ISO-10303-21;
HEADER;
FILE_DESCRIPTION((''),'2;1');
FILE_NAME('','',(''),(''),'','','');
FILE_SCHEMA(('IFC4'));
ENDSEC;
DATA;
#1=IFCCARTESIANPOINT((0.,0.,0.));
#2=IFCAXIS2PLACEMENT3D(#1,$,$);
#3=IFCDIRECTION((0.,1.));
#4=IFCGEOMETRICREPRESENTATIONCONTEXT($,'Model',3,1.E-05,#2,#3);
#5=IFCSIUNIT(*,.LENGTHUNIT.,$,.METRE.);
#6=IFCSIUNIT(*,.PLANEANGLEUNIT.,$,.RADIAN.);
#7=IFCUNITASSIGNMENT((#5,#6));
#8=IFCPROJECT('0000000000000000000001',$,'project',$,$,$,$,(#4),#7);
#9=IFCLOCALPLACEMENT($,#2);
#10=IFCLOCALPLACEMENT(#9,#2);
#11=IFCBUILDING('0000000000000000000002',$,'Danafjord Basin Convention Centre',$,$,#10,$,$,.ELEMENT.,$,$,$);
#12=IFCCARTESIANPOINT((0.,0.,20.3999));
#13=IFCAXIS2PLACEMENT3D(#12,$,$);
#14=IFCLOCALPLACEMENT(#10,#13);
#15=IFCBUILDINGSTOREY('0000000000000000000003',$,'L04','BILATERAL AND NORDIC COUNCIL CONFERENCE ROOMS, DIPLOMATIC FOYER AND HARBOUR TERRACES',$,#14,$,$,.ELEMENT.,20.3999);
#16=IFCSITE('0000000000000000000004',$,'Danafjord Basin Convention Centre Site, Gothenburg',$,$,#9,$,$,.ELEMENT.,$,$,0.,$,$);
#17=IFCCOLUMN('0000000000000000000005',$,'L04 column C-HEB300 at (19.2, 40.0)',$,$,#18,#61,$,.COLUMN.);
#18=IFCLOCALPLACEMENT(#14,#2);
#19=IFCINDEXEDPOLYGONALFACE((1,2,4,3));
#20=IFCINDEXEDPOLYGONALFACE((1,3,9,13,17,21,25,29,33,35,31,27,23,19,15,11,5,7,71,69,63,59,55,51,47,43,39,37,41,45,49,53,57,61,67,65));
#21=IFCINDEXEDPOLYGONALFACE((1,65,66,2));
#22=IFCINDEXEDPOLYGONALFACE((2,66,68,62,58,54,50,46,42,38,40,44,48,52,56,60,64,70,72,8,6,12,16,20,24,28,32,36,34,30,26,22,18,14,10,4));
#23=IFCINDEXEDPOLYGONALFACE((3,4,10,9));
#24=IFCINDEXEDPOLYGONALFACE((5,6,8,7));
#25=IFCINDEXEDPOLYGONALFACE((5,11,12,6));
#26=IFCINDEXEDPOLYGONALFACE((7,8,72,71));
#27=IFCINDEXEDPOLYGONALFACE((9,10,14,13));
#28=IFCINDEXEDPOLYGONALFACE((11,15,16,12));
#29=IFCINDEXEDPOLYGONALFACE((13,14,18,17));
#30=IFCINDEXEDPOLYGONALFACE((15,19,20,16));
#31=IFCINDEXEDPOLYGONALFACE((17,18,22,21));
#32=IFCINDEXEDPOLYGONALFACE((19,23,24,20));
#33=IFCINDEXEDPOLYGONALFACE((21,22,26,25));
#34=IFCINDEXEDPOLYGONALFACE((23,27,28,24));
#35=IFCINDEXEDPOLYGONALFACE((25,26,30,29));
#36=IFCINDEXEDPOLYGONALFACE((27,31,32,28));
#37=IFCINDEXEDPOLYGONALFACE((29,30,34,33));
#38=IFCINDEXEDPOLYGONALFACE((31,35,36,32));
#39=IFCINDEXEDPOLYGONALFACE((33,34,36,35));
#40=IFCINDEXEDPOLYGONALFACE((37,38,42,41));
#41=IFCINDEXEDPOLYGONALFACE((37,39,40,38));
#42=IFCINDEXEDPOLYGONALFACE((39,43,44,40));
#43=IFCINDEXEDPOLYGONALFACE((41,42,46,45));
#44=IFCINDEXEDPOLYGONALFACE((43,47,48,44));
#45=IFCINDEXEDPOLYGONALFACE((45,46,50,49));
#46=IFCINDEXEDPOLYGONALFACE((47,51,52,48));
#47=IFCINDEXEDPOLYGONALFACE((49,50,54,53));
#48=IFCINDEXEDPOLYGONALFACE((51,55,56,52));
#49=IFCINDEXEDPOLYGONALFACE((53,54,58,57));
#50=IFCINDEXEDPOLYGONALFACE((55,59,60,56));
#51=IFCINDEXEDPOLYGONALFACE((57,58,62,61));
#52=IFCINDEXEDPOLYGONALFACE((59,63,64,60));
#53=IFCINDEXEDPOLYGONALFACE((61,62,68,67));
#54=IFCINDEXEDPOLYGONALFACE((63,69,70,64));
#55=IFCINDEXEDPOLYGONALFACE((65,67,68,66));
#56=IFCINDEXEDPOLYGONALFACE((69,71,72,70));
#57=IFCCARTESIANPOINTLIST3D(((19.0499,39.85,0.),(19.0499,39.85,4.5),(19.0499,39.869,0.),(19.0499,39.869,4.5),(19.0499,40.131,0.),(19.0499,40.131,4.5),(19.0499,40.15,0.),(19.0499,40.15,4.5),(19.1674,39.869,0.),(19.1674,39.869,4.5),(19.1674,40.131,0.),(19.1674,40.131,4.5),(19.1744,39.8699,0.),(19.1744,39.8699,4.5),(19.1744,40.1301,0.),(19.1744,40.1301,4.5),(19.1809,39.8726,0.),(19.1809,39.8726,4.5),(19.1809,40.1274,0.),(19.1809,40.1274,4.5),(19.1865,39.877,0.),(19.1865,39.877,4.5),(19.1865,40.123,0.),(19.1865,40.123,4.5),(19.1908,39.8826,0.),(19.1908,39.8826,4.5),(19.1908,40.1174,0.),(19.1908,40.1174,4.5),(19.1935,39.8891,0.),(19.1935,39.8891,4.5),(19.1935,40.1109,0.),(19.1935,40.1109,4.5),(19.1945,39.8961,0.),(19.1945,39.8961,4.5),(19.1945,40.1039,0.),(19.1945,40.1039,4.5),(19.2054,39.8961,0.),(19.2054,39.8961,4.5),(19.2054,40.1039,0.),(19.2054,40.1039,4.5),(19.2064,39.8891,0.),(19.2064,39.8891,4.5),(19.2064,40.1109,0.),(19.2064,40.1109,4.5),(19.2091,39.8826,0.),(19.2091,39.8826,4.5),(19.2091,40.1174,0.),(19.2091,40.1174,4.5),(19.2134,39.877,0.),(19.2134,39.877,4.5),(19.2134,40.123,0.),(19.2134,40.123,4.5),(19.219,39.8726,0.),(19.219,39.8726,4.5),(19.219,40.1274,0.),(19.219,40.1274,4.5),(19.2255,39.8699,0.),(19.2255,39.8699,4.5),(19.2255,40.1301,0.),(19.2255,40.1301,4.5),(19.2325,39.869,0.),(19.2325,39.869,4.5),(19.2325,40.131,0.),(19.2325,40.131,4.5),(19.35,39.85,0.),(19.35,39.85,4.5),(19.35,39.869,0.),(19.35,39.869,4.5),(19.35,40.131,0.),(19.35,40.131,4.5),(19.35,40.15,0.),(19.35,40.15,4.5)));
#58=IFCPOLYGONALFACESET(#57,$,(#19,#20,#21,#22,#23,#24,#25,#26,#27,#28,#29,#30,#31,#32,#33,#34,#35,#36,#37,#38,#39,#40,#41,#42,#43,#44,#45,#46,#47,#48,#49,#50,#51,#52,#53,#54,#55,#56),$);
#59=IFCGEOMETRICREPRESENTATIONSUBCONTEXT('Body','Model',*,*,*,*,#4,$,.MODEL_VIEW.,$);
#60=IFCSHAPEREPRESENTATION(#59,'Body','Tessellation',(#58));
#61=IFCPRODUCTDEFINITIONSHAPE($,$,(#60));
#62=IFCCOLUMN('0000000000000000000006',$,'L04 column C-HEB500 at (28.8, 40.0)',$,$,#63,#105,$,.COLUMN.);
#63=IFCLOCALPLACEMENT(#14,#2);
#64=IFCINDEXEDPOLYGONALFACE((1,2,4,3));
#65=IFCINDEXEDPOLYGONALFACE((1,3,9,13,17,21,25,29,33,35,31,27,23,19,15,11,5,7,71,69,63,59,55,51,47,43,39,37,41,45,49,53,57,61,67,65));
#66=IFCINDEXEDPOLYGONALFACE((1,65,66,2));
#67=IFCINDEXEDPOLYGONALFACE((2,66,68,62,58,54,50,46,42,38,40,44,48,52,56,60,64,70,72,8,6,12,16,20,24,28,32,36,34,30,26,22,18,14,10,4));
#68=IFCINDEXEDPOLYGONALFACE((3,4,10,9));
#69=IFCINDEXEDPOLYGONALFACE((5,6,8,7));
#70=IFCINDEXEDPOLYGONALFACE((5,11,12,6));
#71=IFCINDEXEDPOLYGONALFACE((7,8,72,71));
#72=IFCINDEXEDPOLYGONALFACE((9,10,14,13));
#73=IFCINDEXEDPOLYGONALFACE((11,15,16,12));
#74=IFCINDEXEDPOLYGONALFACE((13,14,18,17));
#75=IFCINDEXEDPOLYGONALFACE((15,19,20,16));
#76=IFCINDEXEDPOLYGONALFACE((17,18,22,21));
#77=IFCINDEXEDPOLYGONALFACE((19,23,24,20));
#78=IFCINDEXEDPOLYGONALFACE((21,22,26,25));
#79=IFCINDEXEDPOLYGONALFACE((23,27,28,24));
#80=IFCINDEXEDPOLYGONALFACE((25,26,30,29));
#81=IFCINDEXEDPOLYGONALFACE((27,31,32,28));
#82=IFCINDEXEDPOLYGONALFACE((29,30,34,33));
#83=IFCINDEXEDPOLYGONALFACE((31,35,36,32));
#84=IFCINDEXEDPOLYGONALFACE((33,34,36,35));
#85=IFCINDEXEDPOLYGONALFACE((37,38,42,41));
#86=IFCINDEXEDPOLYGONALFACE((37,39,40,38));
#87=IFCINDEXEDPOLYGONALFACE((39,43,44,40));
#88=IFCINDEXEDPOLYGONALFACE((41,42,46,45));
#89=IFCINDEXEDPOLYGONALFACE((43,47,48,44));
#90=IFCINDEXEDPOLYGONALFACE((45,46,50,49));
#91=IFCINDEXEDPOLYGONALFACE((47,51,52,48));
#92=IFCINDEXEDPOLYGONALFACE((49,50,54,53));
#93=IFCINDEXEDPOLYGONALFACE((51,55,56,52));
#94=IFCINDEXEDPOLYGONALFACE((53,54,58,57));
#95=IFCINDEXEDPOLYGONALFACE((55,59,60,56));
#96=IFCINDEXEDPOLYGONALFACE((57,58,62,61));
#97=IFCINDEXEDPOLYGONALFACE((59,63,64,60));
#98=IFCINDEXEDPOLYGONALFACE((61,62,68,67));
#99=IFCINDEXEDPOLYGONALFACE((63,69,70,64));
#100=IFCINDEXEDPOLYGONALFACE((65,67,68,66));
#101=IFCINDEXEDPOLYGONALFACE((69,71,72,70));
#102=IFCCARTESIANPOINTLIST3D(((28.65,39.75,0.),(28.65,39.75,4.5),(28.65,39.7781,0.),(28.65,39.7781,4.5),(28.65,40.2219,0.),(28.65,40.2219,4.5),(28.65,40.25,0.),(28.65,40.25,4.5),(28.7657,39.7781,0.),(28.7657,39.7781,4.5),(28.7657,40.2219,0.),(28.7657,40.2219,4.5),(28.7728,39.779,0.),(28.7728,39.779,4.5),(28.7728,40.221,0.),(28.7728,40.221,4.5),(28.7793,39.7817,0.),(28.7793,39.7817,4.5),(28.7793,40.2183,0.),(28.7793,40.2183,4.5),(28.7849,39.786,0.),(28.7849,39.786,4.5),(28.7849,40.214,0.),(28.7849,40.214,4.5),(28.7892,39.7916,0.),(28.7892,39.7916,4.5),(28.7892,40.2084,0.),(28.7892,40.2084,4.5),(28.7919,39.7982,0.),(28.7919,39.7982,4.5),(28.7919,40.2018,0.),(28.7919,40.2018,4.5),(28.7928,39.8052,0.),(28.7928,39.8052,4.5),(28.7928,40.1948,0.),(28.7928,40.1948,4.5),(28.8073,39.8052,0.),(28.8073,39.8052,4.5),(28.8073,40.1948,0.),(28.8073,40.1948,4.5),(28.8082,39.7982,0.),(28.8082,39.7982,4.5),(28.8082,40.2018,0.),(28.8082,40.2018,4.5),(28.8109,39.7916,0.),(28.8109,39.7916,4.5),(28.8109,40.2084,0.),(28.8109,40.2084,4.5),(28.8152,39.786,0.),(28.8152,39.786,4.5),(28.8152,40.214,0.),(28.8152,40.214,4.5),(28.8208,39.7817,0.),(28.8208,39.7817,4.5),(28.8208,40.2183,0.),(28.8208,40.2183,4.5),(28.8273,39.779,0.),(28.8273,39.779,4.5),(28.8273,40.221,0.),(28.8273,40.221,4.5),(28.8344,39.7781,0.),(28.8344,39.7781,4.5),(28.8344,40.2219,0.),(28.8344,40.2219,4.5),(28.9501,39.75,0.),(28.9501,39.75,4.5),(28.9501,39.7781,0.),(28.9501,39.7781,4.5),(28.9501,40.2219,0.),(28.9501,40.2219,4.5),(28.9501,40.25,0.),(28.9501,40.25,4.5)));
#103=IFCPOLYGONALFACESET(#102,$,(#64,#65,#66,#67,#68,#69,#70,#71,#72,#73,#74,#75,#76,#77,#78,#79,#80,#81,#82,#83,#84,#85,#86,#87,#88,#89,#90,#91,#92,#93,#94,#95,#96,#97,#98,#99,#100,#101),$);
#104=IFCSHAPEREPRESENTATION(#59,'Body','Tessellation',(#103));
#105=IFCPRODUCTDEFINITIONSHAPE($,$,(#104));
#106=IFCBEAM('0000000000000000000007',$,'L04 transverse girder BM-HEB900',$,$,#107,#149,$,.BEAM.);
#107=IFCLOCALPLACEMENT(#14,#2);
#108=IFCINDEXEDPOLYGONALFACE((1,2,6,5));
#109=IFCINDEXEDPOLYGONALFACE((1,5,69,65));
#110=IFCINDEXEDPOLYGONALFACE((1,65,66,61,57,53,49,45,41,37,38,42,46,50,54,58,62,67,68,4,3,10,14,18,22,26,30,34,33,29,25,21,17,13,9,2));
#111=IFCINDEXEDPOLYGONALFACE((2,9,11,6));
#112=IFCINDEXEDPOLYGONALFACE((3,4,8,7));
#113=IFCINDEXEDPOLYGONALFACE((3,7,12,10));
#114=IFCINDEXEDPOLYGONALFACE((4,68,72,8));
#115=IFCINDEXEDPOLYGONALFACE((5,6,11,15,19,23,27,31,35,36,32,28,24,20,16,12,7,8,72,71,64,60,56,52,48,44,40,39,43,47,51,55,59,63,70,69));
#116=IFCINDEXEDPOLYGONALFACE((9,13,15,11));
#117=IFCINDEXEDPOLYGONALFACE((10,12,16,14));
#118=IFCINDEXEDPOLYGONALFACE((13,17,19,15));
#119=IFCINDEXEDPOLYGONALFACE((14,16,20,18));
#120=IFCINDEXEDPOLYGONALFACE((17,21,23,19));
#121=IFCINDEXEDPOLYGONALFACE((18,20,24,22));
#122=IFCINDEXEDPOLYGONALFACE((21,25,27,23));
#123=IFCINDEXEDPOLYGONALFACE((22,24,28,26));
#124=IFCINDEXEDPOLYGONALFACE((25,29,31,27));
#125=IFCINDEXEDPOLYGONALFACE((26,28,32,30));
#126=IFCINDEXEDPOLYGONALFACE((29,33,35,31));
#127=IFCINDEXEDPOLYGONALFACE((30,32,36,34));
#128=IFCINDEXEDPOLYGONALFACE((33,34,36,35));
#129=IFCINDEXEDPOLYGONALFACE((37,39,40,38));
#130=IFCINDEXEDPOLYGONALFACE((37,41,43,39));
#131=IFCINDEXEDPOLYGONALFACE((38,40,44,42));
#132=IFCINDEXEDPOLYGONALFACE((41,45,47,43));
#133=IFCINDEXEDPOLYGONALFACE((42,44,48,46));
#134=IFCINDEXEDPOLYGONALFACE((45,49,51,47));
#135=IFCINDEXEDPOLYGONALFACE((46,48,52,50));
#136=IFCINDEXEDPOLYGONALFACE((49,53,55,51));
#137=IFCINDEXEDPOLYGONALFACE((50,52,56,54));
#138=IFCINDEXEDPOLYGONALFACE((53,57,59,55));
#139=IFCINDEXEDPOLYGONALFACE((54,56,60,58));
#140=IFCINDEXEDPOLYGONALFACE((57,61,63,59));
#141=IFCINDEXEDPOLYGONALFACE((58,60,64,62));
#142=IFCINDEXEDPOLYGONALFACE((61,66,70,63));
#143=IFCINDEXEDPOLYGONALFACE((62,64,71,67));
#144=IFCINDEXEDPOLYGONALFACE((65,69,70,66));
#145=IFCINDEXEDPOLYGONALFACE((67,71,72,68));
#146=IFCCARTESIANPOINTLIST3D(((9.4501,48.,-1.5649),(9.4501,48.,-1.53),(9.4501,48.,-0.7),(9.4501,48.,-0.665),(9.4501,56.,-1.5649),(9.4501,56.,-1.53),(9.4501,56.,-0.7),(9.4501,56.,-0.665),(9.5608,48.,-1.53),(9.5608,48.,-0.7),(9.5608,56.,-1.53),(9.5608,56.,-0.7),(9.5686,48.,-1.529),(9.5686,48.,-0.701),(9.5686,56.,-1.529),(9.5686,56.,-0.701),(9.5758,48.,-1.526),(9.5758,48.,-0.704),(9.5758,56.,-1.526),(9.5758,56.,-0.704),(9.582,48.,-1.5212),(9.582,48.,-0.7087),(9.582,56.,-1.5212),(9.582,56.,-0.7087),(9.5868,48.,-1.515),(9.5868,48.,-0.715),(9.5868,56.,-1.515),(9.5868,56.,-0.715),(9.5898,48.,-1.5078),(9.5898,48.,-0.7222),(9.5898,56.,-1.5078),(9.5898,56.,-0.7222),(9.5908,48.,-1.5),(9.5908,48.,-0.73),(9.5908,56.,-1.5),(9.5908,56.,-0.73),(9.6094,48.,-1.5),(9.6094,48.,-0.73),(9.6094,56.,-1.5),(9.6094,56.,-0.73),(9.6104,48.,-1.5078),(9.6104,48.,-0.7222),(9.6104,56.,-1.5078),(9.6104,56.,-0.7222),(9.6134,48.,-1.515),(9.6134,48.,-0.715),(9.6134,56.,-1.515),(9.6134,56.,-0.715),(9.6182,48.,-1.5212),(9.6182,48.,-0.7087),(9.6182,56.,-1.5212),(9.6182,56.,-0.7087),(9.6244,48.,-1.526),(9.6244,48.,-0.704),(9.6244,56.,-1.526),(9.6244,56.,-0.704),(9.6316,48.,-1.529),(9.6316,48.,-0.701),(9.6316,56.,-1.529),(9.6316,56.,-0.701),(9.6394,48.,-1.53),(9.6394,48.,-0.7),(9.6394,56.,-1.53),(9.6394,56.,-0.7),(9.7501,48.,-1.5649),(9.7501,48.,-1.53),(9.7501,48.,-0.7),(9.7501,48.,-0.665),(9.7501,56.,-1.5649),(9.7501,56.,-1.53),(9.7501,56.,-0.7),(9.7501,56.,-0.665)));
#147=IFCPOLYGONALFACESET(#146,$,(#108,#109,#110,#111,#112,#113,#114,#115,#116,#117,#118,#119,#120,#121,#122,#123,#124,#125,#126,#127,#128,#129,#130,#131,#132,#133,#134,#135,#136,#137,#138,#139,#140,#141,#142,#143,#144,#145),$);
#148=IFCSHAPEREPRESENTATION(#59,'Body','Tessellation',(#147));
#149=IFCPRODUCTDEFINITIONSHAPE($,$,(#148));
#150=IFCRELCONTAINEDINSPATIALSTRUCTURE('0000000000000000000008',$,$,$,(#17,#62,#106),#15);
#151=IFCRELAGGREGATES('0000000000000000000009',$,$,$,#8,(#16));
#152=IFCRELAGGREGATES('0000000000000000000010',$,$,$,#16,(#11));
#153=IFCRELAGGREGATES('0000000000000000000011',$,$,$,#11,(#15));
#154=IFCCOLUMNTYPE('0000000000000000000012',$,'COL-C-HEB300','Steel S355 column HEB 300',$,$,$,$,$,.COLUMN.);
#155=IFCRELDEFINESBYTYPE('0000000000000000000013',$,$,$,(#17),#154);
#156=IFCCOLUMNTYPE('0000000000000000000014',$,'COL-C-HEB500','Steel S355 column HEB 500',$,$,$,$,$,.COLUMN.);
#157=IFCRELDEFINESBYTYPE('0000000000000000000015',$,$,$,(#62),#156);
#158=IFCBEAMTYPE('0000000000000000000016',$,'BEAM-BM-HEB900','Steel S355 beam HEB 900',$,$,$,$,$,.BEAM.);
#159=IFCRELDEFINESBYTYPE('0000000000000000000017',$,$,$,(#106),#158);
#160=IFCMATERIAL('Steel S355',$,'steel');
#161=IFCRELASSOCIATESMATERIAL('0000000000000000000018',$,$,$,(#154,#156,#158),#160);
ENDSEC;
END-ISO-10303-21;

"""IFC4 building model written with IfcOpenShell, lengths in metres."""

from ifc_helpers import new_model, si_unit, direction, frame, origin, origin_2d, place, context, subcontext, project, spatial, i_section, extrude, material, material_profile, profile_set, type_object, element, save


model = new_model("IFC4")

# Units and contexts
model_context = context("Model", 3, precision=1e-05, world=origin(), true_north=direction((0.0, 1.0)))
body_context = subcontext(model_context, "Body", "Model", "MODEL_VIEW")
ifc_project = project(units=[si_unit("LENGTHUNIT", "METRE"), si_unit("PLANEANGLEUNIT", "RADIAN")], contexts=[model_context])

# Site, building, storey
site_placement = place(None, origin())
site = spatial("IfcSite", under=ifc_project, at=site_placement, Name="Danafjord Basin Convention Centre Site, Gothenburg", CompositionType="ELEMENT", RefElevation=0.0)
building_placement = place(site_placement, origin())
building = spatial("IfcBuilding", under=site, at=building_placement, Name="Danafjord Basin Convention Centre", CompositionType="ELEMENT")
storey_placement = place(building_placement, frame((0.0, 0.0, 20.3999)))
storey = spatial("IfcBuildingStorey", under=building, at=storey_placement, Name="L04", Description="BILATERAL AND NORDIC COUNCIL CONFERENCE ROOMS, DIPLOMATIC FOYER AND HARBOUR TERRACES", CompositionType="ELEMENT", Elevation=20.3999)

# Columns
ifc_material_1 = material(Name="Steel S355", Category="steel")
ifc_material_profile_1 = material_profile(ifc_material_1, i_section(OverallWidth=0.3, OverallDepth=0.3, WebThickness=0.011, FlangeThickness=0.019, FilletRadius=0.0271, at=origin_2d()), Name="HEB 300")
ifc_profile_set_1 = profile_set([ifc_material_profile_1], Name="Steel S355")
column_type_1 = type_object("IfcColumnType", Name="COL-C-HEB300", Description="Steel S355 column HEB 300", PredefinedType="COLUMN", material=ifc_profile_set_1)
column_1_placement = place(storey_placement, frame((19.2, 40.0, 0.0), z_axis=(0.0, 0.0, 1.0), x_axis=(1.0, 0.0, 0.0)))
element("IfcColumn", 1, at=column_1_placement, inside=storey, type_object=column_type_1, Name="L04 column C-HEB300 at (19.2, 40.0)", PredefinedType="COLUMN", context=body_context, shape_type="SweptSolid", body=[
    extrude(i_section(OverallWidth=0.3, OverallDepth=0.3, WebThickness=0.011, FlangeThickness=0.019, FilletRadius=0.0271, at=origin_2d()), origin(), (0.0, 0.0, 1.0), 4.5),
])
ifc_material_profile_2 = material_profile(ifc_material_1, i_section(OverallWidth=0.3, OverallDepth=0.5, WebThickness=0.0144, FlangeThickness=0.0281, FilletRadius=0.0271, at=origin_2d()), Name="HEB 500")
ifc_profile_set_2 = profile_set([ifc_material_profile_2], Name="Steel S355")
column_type_2 = type_object("IfcColumnType", Name="COL-C-HEB500", Description="Steel S355 column HEB 500", PredefinedType="COLUMN", material=ifc_profile_set_2)
column_2_placement = place(storey_placement, frame((28.8, 40.0, 0.0), z_axis=(0.0, 0.0, 1.0), x_axis=(1.0, 0.0, 0.0)))
element("IfcColumn", 2, at=column_2_placement, inside=storey, type_object=column_type_2, Name="L04 column C-HEB500 at (28.8, 40.0)", PredefinedType="COLUMN", context=body_context, shape_type="SweptSolid", body=[
    extrude(i_section(OverallWidth=0.3, OverallDepth=0.5, WebThickness=0.0144, FlangeThickness=0.0281, FilletRadius=0.0271, at=origin_2d()), origin(), (0.0, 0.0, 1.0), 4.5),
])

# Beam
ifc_material_profile_3 = material_profile(ifc_material_1, i_section(OverallWidth=0.3, OverallDepth=0.8999, WebThickness=0.0186, FlangeThickness=0.0349, FilletRadius=0.03, at=origin_2d()), Name="HEB 900")
ifc_profile_set_3 = profile_set([ifc_material_profile_3], Name="Steel S355")
beam_type_1 = type_object("IfcBeamType", Name="BEAM-BM-HEB900", Description="Steel S355 beam HEB 900", PredefinedType="BEAM", material=ifc_profile_set_3)
beam_1_placement = place(storey_placement, frame((9.6001, 48.0, -1.115), z_axis=(0.0, 1.0, 0.0), x_axis=(-1.0, 0.0, 0.0)))
element("IfcBeam", 3, at=beam_1_placement, inside=storey, type_object=beam_type_1, Name="L04 transverse girder BM-HEB900", PredefinedType="BEAM", context=body_context, shape_type="SweptSolid", body=[
    extrude(i_section(OverallWidth=0.3, OverallDepth=0.8999, WebThickness=0.0186, FlangeThickness=0.0349, FilletRadius=0.03, at=origin_2d()), origin(), (0.0, 0.0, 1.0), 8.0),
])

save(model, "model.ifc")
